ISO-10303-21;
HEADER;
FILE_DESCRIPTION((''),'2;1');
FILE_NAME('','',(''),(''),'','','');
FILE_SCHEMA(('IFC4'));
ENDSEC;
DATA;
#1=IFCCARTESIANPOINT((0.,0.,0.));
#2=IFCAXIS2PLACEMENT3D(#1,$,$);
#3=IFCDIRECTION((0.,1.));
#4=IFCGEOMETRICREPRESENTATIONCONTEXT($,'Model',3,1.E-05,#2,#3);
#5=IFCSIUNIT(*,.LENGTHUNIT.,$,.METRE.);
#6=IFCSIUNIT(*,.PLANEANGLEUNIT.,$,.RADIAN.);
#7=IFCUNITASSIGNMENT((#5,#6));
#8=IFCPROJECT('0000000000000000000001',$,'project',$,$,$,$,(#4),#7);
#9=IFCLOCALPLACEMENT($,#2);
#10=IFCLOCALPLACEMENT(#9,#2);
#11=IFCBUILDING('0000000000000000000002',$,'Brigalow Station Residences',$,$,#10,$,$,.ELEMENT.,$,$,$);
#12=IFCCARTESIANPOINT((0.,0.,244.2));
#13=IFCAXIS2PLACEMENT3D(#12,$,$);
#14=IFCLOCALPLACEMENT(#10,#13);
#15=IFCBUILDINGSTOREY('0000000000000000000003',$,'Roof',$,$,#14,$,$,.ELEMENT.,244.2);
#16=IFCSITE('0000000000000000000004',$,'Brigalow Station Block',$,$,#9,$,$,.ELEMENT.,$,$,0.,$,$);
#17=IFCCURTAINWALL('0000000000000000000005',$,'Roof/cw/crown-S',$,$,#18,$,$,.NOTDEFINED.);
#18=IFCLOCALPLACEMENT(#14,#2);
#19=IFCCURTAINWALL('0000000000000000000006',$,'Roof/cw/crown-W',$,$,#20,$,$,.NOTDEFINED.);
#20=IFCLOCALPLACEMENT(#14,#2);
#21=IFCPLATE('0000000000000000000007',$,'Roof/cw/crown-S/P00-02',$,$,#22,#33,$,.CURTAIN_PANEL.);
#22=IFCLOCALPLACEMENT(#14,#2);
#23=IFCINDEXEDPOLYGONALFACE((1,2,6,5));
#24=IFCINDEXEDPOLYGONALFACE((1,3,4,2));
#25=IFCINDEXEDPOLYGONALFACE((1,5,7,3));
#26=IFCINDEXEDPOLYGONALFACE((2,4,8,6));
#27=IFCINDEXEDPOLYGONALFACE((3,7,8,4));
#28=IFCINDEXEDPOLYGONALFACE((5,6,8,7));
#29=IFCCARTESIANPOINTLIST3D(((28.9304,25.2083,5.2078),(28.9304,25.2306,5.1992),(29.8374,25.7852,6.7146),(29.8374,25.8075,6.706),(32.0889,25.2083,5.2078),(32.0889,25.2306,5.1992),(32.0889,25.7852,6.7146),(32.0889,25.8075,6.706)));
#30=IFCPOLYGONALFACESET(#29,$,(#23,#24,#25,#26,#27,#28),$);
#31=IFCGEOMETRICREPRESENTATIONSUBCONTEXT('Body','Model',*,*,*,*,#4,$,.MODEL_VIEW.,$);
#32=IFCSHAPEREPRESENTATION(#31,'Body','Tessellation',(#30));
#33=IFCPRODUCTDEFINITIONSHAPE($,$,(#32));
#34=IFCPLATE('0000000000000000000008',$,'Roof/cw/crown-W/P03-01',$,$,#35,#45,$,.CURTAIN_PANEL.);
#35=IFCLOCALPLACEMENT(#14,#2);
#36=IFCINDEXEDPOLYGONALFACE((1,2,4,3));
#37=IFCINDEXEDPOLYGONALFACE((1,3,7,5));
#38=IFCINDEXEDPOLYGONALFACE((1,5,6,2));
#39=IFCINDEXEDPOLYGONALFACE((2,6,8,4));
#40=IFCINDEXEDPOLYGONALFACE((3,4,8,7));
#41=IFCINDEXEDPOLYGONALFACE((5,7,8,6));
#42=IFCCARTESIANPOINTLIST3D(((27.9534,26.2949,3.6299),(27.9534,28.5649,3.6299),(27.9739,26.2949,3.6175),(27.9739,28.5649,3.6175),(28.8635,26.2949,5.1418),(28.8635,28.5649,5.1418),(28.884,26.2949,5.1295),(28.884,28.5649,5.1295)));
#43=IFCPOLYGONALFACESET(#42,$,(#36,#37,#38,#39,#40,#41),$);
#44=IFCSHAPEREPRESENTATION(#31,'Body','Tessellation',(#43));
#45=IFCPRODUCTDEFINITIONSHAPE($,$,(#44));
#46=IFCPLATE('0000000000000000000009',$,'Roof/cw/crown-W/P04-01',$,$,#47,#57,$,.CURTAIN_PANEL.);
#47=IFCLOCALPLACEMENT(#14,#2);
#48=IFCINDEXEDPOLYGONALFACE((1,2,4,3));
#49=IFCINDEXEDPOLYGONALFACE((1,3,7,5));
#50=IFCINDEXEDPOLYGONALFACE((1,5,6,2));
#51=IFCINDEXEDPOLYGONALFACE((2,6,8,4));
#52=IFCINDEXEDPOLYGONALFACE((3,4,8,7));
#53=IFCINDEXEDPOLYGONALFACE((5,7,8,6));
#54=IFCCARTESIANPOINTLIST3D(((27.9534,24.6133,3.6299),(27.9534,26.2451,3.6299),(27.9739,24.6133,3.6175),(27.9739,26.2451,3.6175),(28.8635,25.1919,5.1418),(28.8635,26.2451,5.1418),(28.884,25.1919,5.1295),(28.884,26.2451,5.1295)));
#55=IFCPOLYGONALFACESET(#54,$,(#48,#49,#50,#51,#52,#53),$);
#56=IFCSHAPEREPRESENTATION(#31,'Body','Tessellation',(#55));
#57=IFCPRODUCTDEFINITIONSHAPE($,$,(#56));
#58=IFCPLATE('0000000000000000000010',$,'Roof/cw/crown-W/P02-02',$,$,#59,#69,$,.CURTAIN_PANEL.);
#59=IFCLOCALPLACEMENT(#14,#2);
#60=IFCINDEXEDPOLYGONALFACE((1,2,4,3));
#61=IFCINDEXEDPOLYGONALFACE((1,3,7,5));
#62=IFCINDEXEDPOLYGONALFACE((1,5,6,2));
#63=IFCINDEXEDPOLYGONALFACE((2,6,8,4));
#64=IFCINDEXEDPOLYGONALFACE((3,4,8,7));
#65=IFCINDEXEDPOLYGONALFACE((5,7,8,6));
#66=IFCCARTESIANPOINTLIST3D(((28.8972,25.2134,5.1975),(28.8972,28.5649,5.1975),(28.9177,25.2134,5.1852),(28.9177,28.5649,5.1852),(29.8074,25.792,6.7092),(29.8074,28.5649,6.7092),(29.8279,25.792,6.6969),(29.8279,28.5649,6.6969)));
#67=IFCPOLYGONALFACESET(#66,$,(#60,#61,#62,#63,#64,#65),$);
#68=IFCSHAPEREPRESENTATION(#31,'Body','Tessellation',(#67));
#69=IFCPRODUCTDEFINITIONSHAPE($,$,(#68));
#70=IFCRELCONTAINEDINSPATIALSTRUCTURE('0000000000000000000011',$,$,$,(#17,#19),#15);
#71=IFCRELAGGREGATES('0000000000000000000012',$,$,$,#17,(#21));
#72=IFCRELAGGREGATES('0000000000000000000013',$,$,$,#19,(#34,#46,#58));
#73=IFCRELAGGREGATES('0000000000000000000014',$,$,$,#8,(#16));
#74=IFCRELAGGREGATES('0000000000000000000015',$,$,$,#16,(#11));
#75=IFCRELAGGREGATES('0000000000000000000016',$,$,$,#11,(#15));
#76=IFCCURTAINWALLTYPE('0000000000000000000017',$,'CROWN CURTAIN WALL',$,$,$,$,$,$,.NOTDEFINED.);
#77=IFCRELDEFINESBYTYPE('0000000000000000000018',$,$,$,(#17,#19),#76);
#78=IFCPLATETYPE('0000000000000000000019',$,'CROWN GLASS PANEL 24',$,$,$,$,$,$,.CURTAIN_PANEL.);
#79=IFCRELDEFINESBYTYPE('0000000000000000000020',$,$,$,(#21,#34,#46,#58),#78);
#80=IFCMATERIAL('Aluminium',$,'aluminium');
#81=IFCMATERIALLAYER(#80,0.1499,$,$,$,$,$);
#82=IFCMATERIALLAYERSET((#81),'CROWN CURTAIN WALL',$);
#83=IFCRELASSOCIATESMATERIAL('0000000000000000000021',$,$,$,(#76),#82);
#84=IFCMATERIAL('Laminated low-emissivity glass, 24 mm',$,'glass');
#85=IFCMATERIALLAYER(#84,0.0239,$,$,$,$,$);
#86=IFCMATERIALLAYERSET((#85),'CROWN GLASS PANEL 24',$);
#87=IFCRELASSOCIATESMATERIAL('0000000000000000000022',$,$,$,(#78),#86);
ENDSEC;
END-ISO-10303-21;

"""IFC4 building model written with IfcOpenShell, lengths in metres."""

from ifc_helpers import new_model, si_unit, direction, frame, origin, place, context, subcontext, project, spatial, polyline, outline, extrude, material, layer, layer_set, type_object, element, aggregate, save


model = new_model("IFC4")

# Units and contexts
model_context = context("Model", 3, precision=1e-05, world=origin(), true_north=direction((0.0, 1.0)))
body_context = subcontext(model_context, "Body", "Model", "MODEL_VIEW")
ifc_project = project(units=[si_unit("LENGTHUNIT", "METRE"), si_unit("PLANEANGLEUNIT", "RADIAN")], contexts=[model_context])

# Site, building, storey
site_placement = place(None, origin())
site = spatial("IfcSite", under=ifc_project, at=site_placement, Name="Brigalow Station Block", CompositionType="ELEMENT", RefElevation=0.0)
building_placement = place(site_placement, origin())
building = spatial("IfcBuilding", under=site, at=building_placement, Name="Brigalow Station Residences", CompositionType="ELEMENT")
storey_placement = place(building_placement, frame((0.0, 0.0, 244.2)))
storey = spatial("IfcBuildingStorey", under=building, at=storey_placement, Name="Roof", CompositionType="ELEMENT", Elevation=244.2)

# Curtain walls
ifc_material_1 = material(Name="Aluminium", Category="aluminium")
ifc_layer_1 = layer(ifc_material_1, 0.1499)
ifc_layer_set_1 = layer_set([ifc_layer_1], Name="CROWN CURTAIN WALL")
curtain_wall_type = type_object("IfcCurtainWallType", Name="CROWN CURTAIN WALL", PredefinedType="NOTDEFINED", material=ifc_layer_set_1)
curtain_wall_1_placement = place(storey_placement, origin())
curtain_wall_1 = element("IfcCurtainWall", 1, at=curtain_wall_1_placement, inside=storey, type_object=curtain_wall_type, Name="Roof/cw/crown-S", PredefinedType="NOTDEFINED")
curtain_wall_2_placement = place(storey_placement, origin())
curtain_wall_2 = element("IfcCurtainWall", 2, at=curtain_wall_2_placement, inside=storey, type_object=curtain_wall_type, Name="Roof/cw/crown-W", PredefinedType="NOTDEFINED")

# Plates
ifc_material_2 = material(Name="Laminated low-emissivity glass, 24 mm", Category="glass")
ifc_layer_2 = layer(ifc_material_2, 0.0239)
ifc_layer_set_2 = layer_set([ifc_layer_2], Name="CROWN GLASS PANEL 24")
plate_type = type_object("IfcPlateType", Name="CROWN GLASS PANEL 24", PredefinedType="CURTAIN_PANEL", material=ifc_layer_set_2)
plate_1_placement = place(storey_placement, frame((28.9304, 25.2083, 5.2078), z_axis=(0.0, -0.933894, 0.357549), x_axis=(1.0, 0.0, 0.0)))
plate_1 = element("IfcPlate", 3, at=plate_1_placement, type_object=plate_type, Name="Roof/cw/crown-S/P00-02", PredefinedType="CURTAIN_PANEL", context=body_context, shape_type="SweptSolid", body=[
    extrude(outline(polyline([(0.0, 0.0), (3.1584, 0.0), (3.1584, 1.6135), (0.907, 1.6135), (0.0, 0.0)])), origin(), (0.0, 0.0, -1.0), 0.0239),
])
aggregate(curtain_wall_1, [plate_1])
plate_2_placement = place(storey_placement, frame((27.9534, 28.5649, 3.6299), z_axis=(-0.856747, 0.0, 0.515736), x_axis=(0.0, -1.0, 0.0)))
plate_2 = element("IfcPlate", 4, at=plate_2_placement, type_object=plate_type, Name="Roof/cw/crown-W/P03-01", PredefinedType="CURTAIN_PANEL", context=body_context, shape_type="SweptSolid", body=[
    extrude(outline(polyline([(0.0, 0.0), (2.27, 0.0), (2.27, 1.7648), (0.0, 1.7648), (0.0, 0.0)])), origin(), (0.0, 0.0, -1.0), 0.0239),
])
plate_3_placement = place(storey_placement, frame((27.9534, 26.2451, 3.6299), z_axis=(-0.856747, 0.0, 0.515736), x_axis=(0.0, -1.0, 0.0)))
plate_3 = element("IfcPlate", 5, at=plate_3_placement, type_object=plate_type, Name="Roof/cw/crown-W/P04-01", PredefinedType="CURTAIN_PANEL", context=body_context, shape_type="SweptSolid", body=[
    extrude(outline(polyline([(0.0, 0.0), (1.6318, 0.0), (1.0532, 1.7648), (0.0, 1.7648), (0.0, 0.0)])), origin(), (0.0, 0.0, -1.0), 0.0239),
])
plate_4_placement = place(storey_placement, frame((28.8972, 28.5649, 5.1975), z_axis=(-0.856711, 0.0, 0.515797), x_axis=(0.0, -1.0, 0.0)))
plate_4 = element("IfcPlate", 6, at=plate_4_placement, type_object=plate_type, Name="Roof/cw/crown-W/P02-02", PredefinedType="CURTAIN_PANEL", context=body_context, shape_type="SweptSolid", body=[
    extrude(outline(polyline([(0.0, 0.0), (3.3516, 0.0), (2.7729, 1.7646), (0.0, 1.7646), (0.0, 0.0)])), origin(), (0.0, 0.0, -1.0), 0.0239),
])
aggregate(curtain_wall_2, [plate_2, plate_3, plate_4])

save(model, "model.ifc")
